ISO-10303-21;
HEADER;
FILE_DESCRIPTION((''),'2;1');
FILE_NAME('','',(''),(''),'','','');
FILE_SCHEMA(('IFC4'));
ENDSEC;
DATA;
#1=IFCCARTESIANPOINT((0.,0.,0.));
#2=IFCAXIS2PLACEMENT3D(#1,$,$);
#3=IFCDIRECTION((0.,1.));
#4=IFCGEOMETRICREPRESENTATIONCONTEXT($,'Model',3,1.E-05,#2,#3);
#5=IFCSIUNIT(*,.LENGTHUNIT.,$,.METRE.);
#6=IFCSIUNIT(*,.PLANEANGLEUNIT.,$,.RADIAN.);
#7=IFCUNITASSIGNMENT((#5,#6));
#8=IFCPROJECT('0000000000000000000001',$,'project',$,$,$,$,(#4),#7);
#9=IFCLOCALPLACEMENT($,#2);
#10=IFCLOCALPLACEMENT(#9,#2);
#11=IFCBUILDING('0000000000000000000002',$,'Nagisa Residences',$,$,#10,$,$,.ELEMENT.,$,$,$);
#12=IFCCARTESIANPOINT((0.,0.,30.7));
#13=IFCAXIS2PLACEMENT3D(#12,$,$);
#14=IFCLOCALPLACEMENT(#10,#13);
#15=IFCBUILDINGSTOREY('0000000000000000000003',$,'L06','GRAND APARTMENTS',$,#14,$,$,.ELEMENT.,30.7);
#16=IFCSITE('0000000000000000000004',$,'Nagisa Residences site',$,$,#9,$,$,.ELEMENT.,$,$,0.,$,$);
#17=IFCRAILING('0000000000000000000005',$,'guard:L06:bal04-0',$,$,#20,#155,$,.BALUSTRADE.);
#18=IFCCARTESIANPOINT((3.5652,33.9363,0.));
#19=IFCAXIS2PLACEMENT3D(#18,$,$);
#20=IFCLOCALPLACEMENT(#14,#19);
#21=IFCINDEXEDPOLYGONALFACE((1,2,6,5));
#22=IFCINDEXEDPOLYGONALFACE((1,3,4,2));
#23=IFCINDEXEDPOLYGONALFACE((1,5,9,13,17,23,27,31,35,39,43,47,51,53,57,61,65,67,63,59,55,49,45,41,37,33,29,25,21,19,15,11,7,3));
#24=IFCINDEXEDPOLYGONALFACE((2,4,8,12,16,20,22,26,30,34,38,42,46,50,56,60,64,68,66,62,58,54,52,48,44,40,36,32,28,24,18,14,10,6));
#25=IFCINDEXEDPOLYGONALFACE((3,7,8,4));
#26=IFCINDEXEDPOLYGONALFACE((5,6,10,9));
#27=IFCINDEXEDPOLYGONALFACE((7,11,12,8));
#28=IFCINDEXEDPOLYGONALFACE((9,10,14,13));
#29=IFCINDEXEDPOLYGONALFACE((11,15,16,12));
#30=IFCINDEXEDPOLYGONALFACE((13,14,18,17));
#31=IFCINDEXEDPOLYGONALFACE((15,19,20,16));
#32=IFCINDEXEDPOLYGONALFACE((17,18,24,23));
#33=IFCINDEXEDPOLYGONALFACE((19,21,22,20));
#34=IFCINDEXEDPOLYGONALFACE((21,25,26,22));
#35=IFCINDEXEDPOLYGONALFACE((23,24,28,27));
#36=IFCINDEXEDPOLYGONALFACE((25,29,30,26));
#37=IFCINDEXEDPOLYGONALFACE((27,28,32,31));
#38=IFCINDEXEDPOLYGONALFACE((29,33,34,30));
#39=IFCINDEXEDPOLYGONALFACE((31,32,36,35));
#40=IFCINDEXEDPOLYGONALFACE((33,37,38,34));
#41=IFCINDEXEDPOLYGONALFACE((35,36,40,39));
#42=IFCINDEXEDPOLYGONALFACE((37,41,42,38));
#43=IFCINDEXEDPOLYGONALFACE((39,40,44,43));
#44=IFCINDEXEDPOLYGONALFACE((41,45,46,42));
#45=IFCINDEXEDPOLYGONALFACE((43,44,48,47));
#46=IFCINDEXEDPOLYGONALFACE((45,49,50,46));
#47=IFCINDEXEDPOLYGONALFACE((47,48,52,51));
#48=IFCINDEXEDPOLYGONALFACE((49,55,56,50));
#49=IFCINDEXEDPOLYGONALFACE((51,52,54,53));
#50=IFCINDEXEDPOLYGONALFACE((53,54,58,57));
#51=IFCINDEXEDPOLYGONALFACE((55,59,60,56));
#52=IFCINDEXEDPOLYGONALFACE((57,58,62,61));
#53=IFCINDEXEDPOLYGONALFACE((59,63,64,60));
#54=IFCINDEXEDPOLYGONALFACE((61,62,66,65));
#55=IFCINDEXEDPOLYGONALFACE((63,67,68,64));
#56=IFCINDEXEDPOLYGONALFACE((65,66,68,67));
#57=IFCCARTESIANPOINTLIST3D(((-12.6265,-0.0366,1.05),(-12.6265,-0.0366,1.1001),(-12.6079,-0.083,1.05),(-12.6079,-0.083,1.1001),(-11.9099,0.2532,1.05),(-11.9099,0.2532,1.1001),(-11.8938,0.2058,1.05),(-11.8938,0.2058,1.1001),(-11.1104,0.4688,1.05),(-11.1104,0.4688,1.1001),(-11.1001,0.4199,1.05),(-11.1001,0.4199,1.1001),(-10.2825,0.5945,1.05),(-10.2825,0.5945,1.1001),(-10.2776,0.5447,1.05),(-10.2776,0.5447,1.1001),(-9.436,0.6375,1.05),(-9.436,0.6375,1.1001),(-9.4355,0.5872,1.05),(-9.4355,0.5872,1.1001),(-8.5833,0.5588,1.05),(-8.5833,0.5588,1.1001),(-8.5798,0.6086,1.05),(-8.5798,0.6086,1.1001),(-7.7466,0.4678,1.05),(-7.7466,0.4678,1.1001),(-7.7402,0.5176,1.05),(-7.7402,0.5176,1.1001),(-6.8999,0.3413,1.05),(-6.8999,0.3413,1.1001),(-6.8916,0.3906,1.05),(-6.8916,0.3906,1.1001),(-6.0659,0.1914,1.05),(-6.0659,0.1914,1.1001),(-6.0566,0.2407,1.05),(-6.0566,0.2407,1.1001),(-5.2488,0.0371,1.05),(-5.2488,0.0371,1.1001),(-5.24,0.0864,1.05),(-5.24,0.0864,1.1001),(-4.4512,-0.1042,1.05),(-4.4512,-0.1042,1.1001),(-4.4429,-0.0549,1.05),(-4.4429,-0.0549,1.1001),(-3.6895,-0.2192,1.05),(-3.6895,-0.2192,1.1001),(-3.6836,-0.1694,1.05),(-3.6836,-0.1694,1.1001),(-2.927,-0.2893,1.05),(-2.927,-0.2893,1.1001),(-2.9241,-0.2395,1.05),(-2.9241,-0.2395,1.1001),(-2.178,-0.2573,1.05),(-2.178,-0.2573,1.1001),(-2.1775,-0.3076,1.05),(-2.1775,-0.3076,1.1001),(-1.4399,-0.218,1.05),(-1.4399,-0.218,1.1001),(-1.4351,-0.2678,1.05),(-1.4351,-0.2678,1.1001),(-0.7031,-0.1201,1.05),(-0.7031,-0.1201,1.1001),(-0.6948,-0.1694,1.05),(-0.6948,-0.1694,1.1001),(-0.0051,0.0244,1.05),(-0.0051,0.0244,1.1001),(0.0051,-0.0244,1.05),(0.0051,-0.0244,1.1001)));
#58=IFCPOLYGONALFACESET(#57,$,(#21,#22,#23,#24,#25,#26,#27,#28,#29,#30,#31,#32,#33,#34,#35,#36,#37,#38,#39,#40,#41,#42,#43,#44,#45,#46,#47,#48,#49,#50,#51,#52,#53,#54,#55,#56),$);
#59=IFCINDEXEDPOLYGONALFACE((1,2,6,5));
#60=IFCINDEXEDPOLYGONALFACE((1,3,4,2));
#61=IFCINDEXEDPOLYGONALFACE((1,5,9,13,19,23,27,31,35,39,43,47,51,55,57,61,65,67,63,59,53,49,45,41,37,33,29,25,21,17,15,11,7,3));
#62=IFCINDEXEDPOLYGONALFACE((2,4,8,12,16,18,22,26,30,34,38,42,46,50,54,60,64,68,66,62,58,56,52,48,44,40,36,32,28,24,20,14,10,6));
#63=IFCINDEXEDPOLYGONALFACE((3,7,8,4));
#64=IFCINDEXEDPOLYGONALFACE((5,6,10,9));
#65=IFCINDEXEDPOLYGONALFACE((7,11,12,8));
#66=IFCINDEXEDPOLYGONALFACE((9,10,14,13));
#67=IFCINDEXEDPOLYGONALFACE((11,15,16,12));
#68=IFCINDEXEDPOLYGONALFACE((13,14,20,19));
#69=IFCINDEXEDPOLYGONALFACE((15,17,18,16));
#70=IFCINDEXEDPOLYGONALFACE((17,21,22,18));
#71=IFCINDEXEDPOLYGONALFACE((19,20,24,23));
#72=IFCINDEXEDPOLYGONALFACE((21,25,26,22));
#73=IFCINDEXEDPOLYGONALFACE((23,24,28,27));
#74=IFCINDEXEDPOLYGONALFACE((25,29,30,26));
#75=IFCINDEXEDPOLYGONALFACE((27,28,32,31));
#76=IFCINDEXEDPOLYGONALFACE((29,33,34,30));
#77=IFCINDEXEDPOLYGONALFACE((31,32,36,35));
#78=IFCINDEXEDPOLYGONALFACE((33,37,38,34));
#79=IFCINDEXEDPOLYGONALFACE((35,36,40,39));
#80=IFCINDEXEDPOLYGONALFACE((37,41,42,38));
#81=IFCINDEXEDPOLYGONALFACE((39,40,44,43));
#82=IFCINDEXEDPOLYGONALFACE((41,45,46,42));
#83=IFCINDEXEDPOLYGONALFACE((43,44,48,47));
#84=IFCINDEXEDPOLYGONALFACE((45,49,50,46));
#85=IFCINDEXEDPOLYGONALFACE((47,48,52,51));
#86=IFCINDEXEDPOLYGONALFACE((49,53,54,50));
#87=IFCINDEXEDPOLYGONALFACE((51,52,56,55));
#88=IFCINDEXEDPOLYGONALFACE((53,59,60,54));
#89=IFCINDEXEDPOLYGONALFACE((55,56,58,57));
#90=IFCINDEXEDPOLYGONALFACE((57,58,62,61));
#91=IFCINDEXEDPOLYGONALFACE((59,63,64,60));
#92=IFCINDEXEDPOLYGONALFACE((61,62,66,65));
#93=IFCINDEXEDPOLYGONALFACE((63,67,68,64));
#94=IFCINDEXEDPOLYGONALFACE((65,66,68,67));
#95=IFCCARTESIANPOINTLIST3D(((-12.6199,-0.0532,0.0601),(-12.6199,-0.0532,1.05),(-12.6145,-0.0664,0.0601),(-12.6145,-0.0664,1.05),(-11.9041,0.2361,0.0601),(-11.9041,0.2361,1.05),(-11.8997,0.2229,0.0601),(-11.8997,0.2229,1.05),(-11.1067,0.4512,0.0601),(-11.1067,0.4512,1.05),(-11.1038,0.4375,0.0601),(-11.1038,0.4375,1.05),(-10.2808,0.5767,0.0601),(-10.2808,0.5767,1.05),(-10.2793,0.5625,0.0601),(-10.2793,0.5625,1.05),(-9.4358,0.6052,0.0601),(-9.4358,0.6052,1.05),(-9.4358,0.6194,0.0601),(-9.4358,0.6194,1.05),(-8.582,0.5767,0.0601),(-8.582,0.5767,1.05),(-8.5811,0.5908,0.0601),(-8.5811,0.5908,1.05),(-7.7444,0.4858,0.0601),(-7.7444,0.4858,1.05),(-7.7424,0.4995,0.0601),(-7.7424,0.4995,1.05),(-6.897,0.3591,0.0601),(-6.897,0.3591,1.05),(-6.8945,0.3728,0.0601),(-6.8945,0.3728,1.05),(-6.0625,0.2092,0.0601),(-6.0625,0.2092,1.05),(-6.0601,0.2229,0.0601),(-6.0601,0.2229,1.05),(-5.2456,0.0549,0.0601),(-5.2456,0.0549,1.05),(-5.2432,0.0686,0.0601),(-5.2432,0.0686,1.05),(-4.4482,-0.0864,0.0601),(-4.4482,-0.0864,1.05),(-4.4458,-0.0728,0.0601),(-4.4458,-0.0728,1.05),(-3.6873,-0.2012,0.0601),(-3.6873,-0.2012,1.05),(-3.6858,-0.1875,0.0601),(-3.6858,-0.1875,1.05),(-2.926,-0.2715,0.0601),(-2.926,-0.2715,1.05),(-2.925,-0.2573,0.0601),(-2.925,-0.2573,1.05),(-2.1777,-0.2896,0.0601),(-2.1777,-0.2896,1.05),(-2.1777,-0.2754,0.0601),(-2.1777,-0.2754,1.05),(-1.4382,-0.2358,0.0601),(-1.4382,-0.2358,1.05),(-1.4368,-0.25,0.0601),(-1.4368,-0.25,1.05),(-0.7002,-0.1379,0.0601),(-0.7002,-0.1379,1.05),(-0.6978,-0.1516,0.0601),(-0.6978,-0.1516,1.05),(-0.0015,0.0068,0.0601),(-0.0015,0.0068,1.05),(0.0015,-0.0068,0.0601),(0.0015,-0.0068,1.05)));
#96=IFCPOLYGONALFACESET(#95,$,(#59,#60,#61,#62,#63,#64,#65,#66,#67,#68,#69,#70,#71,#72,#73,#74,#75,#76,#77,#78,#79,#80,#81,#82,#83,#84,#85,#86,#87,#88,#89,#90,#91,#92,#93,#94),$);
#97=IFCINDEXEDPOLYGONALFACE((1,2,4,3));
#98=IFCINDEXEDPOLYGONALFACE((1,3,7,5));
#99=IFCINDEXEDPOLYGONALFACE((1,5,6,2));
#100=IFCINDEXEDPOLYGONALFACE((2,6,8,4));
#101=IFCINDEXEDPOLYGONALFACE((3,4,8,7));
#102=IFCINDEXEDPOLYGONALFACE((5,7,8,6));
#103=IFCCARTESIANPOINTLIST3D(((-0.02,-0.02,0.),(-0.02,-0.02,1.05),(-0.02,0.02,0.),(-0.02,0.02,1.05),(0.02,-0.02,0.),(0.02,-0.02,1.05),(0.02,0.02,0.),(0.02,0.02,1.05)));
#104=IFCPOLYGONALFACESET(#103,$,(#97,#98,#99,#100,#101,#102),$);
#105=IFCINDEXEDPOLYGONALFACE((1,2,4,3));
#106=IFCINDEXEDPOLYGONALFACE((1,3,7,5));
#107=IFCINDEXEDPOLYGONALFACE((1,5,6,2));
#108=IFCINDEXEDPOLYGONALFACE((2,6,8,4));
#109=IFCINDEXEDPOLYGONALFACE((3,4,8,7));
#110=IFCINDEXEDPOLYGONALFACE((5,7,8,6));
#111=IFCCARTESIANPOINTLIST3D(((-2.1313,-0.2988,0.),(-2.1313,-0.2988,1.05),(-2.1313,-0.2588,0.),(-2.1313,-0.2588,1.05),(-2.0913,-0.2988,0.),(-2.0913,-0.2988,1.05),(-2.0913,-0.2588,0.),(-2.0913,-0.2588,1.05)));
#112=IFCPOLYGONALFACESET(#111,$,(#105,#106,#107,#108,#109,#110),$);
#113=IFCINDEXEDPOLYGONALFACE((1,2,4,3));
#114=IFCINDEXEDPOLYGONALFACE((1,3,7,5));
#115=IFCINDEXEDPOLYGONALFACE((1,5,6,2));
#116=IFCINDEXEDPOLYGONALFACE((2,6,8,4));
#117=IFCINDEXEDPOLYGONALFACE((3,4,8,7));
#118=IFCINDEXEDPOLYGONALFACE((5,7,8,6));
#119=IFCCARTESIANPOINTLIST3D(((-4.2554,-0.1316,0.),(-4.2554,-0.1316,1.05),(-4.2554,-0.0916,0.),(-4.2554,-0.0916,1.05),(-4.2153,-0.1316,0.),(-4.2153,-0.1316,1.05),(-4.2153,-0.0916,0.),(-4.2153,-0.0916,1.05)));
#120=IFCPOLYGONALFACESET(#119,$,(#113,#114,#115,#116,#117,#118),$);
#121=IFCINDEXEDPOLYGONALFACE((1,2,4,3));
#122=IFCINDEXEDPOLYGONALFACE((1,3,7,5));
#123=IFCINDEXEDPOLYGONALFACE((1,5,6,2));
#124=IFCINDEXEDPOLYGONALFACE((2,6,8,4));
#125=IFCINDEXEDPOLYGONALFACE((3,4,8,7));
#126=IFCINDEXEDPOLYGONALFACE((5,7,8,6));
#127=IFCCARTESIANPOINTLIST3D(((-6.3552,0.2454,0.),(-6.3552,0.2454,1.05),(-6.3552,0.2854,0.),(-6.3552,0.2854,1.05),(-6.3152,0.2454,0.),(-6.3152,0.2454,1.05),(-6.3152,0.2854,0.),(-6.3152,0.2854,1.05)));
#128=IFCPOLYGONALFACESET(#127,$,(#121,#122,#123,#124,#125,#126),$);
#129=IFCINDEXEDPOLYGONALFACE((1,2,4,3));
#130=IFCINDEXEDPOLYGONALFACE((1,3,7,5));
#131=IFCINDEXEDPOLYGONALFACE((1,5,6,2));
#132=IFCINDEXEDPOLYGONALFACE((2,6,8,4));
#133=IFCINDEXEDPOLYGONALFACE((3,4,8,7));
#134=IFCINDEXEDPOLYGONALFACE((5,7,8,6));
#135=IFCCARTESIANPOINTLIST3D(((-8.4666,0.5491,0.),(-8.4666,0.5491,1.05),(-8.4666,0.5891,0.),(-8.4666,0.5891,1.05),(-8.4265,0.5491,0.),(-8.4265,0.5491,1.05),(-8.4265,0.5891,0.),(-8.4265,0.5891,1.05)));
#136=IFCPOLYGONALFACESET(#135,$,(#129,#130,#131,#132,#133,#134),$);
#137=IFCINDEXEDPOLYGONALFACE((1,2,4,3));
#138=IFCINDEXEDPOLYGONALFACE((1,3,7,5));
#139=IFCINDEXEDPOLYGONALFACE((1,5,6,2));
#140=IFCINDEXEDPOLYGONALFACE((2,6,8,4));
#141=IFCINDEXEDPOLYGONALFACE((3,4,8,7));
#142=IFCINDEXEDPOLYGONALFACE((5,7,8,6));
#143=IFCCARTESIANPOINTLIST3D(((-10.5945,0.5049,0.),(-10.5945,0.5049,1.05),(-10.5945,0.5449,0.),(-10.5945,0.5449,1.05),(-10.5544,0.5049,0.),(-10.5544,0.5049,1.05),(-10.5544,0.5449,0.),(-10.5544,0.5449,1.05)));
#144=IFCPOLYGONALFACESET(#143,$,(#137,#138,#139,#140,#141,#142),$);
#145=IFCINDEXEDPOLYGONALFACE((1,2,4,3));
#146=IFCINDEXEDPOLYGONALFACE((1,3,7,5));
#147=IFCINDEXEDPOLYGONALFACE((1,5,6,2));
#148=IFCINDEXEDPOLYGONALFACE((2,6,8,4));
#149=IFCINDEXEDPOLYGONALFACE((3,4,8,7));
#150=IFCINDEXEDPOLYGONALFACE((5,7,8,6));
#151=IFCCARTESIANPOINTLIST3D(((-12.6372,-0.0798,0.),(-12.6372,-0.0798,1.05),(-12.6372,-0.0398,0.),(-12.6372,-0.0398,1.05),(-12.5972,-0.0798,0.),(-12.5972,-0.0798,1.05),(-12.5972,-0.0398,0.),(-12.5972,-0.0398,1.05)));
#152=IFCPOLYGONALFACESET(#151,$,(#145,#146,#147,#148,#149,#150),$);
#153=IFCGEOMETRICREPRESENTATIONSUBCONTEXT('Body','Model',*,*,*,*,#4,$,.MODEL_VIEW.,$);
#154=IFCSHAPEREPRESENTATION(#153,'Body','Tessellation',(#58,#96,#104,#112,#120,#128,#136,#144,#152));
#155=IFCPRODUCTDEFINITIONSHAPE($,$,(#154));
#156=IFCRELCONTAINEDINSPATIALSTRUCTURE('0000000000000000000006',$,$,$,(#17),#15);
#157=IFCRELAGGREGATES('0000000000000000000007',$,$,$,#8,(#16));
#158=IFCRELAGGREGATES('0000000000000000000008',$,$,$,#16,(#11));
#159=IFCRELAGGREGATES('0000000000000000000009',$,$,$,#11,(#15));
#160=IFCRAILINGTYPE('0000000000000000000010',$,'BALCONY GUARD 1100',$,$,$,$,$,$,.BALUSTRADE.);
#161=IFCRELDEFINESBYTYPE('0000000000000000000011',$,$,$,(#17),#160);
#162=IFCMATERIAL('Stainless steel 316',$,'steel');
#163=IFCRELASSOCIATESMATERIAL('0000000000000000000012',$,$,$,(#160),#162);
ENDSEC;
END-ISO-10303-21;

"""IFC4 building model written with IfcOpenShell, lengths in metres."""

from ifc_helpers import new_model, si_unit, direction, frame, origin, origin_2d, place, context, subcontext, project, spatial, polyline, rectangle, outline, extrude, material, type_object, element, save


model = new_model("IFC4")

# Units and contexts
model_context = context("Model", 3, precision=1e-05, world=origin(), true_north=direction((0.0, 1.0)))
body_context = subcontext(model_context, "Body", "Model", "MODEL_VIEW")
ifc_project = project(units=[si_unit("LENGTHUNIT", "METRE"), si_unit("PLANEANGLEUNIT", "RADIAN")], contexts=[model_context])

# Site, building, storey
site_placement = place(None, origin())
site = spatial("IfcSite", under=ifc_project, at=site_placement, Name="Nagisa Residences site", CompositionType="ELEMENT", RefElevation=0.0)
building_placement = place(site_placement, origin())
building = spatial("IfcBuilding", under=site, at=building_placement, Name="Nagisa Residences", CompositionType="ELEMENT")
storey_placement = place(building_placement, frame((0.0, 0.0, 30.7)))
storey = spatial("IfcBuildingStorey", under=building, at=storey_placement, Name="L06", Description="GRAND APARTMENTS", CompositionType="ELEMENT", Elevation=30.7)

# Railing
ifc_material_1 = material(Name="Stainless steel 316", Category="steel")
railing_type = type_object("IfcRailingType", Name="BALCONY GUARD 1100", PredefinedType="BALUSTRADE", material=ifc_material_1)
railing_placement = place(storey_placement, frame((3.5652, 33.9363, 0.0)))
element("IfcRailing", 1, at=railing_placement, inside=storey, type_object=railing_type, Name="guard:L06:bal04-0", PredefinedType="BALUSTRADE", context=body_context, shape_type="SweptSolid", body=[
    extrude(outline(polyline([(-0.6948, -0.1694), (0.0051, -0.0244), (-0.0051, 0.0244), (-0.7031, -0.1201), (-1.4399, -0.218), (-2.178, -0.2573), (-2.9241, -0.2395), (-3.6836, -0.1694), (-4.4429, -0.0549), (-5.24, 0.0864), (-6.0566, 0.2407), (-6.8916, 0.3906), (-7.7402, 0.5176), (-8.5798, 0.6086), (-9.436, 0.6375), (-10.2825, 0.5945), (-11.1104, 0.4688), (-11.9099, 0.2532), (-12.6265, -0.0366), (-12.6079, -0.083), (-11.8938, 0.2058), (-11.1001, 0.4199), (-10.2776, 0.5447), (-9.4355, 0.5872), (-8.5833, 0.5588), (-7.7466, 0.4678), (-6.8999, 0.3413), (-6.0659, 0.1914), (-5.2488, 0.0371), (-4.4512, -0.1042), (-3.6895, -0.2192), (-2.927, -0.2893), (-2.1775, -0.3076), (-1.4351, -0.2678), (-0.6948, -0.1694)])), frame((0.0, 0.0, 1.05)), (0.0, 0.0, 1.0), 0.05),
    extrude(outline(polyline([(-0.6978, -0.1516), (0.0015, -0.0068), (-0.0015, 0.0068), (-0.7002, -0.1379), (-1.4382, -0.2358), (-2.1777, -0.2754), (-2.925, -0.2573), (-3.6858, -0.1875), (-4.4458, -0.0728), (-5.2432, 0.0686), (-6.0601, 0.2229), (-6.8945, 0.3728), (-7.7424, 0.4995), (-8.5811, 0.5908), (-9.4358, 0.6194), (-10.2808, 0.5767), (-11.1067, 0.4512), (-11.9041, 0.2361), (-12.6199, -0.0532), (-12.6145, -0.0664), (-11.8997, 0.2229), (-11.1038, 0.4375), (-10.2793, 0.5625), (-9.4358, 0.6052), (-8.582, 0.5767), (-7.7444, 0.4858), (-6.897, 0.3591), (-6.0625, 0.2092), (-5.2456, 0.0549), (-4.4482, -0.0864), (-3.6873, -0.2012), (-2.926, -0.2715), (-2.1777, -0.2896), (-1.4368, -0.25), (-0.6978, -0.1516)])), frame((0.0, 0.0, 0.0601)), (0.0, 0.0, 1.0), 0.99),
    extrude(rectangle(XDim=0.04, YDim=0.04, at=origin_2d()), origin(), (0.0, 0.0, 1.0), 1.05),
    extrude(rectangle(XDim=0.04, YDim=0.04, at=origin_2d()), frame((-2.1113, -0.2788, 0.0)), (0.0, 0.0, 1.0), 1.05),
    extrude(rectangle(XDim=0.04, YDim=0.04, at=origin_2d()), frame((-4.2354, -0.1116, 0.0)), (0.0, 0.0, 1.0), 1.05),
    extrude(rectangle(XDim=0.04, YDim=0.04, at=origin_2d()), frame((-6.3352, 0.2654, 0.0)), (0.0, 0.0, 1.0), 1.05),
    extrude(rectangle(XDim=0.04, YDim=0.04, at=origin_2d()), frame((-8.4465, 0.5691, 0.0)), (0.0, 0.0, 1.0), 1.05),
    extrude(rectangle(XDim=0.04, YDim=0.04, at=origin_2d()), frame((-10.5745, 0.5249, 0.0)), (0.0, 0.0, 1.0), 1.05),
    extrude(rectangle(XDim=0.04, YDim=0.04, at=origin_2d()), frame((-12.6172, -0.0598, 0.0)), (0.0, 0.0, 1.0), 1.05),
])

save(model, "model.ifc")
